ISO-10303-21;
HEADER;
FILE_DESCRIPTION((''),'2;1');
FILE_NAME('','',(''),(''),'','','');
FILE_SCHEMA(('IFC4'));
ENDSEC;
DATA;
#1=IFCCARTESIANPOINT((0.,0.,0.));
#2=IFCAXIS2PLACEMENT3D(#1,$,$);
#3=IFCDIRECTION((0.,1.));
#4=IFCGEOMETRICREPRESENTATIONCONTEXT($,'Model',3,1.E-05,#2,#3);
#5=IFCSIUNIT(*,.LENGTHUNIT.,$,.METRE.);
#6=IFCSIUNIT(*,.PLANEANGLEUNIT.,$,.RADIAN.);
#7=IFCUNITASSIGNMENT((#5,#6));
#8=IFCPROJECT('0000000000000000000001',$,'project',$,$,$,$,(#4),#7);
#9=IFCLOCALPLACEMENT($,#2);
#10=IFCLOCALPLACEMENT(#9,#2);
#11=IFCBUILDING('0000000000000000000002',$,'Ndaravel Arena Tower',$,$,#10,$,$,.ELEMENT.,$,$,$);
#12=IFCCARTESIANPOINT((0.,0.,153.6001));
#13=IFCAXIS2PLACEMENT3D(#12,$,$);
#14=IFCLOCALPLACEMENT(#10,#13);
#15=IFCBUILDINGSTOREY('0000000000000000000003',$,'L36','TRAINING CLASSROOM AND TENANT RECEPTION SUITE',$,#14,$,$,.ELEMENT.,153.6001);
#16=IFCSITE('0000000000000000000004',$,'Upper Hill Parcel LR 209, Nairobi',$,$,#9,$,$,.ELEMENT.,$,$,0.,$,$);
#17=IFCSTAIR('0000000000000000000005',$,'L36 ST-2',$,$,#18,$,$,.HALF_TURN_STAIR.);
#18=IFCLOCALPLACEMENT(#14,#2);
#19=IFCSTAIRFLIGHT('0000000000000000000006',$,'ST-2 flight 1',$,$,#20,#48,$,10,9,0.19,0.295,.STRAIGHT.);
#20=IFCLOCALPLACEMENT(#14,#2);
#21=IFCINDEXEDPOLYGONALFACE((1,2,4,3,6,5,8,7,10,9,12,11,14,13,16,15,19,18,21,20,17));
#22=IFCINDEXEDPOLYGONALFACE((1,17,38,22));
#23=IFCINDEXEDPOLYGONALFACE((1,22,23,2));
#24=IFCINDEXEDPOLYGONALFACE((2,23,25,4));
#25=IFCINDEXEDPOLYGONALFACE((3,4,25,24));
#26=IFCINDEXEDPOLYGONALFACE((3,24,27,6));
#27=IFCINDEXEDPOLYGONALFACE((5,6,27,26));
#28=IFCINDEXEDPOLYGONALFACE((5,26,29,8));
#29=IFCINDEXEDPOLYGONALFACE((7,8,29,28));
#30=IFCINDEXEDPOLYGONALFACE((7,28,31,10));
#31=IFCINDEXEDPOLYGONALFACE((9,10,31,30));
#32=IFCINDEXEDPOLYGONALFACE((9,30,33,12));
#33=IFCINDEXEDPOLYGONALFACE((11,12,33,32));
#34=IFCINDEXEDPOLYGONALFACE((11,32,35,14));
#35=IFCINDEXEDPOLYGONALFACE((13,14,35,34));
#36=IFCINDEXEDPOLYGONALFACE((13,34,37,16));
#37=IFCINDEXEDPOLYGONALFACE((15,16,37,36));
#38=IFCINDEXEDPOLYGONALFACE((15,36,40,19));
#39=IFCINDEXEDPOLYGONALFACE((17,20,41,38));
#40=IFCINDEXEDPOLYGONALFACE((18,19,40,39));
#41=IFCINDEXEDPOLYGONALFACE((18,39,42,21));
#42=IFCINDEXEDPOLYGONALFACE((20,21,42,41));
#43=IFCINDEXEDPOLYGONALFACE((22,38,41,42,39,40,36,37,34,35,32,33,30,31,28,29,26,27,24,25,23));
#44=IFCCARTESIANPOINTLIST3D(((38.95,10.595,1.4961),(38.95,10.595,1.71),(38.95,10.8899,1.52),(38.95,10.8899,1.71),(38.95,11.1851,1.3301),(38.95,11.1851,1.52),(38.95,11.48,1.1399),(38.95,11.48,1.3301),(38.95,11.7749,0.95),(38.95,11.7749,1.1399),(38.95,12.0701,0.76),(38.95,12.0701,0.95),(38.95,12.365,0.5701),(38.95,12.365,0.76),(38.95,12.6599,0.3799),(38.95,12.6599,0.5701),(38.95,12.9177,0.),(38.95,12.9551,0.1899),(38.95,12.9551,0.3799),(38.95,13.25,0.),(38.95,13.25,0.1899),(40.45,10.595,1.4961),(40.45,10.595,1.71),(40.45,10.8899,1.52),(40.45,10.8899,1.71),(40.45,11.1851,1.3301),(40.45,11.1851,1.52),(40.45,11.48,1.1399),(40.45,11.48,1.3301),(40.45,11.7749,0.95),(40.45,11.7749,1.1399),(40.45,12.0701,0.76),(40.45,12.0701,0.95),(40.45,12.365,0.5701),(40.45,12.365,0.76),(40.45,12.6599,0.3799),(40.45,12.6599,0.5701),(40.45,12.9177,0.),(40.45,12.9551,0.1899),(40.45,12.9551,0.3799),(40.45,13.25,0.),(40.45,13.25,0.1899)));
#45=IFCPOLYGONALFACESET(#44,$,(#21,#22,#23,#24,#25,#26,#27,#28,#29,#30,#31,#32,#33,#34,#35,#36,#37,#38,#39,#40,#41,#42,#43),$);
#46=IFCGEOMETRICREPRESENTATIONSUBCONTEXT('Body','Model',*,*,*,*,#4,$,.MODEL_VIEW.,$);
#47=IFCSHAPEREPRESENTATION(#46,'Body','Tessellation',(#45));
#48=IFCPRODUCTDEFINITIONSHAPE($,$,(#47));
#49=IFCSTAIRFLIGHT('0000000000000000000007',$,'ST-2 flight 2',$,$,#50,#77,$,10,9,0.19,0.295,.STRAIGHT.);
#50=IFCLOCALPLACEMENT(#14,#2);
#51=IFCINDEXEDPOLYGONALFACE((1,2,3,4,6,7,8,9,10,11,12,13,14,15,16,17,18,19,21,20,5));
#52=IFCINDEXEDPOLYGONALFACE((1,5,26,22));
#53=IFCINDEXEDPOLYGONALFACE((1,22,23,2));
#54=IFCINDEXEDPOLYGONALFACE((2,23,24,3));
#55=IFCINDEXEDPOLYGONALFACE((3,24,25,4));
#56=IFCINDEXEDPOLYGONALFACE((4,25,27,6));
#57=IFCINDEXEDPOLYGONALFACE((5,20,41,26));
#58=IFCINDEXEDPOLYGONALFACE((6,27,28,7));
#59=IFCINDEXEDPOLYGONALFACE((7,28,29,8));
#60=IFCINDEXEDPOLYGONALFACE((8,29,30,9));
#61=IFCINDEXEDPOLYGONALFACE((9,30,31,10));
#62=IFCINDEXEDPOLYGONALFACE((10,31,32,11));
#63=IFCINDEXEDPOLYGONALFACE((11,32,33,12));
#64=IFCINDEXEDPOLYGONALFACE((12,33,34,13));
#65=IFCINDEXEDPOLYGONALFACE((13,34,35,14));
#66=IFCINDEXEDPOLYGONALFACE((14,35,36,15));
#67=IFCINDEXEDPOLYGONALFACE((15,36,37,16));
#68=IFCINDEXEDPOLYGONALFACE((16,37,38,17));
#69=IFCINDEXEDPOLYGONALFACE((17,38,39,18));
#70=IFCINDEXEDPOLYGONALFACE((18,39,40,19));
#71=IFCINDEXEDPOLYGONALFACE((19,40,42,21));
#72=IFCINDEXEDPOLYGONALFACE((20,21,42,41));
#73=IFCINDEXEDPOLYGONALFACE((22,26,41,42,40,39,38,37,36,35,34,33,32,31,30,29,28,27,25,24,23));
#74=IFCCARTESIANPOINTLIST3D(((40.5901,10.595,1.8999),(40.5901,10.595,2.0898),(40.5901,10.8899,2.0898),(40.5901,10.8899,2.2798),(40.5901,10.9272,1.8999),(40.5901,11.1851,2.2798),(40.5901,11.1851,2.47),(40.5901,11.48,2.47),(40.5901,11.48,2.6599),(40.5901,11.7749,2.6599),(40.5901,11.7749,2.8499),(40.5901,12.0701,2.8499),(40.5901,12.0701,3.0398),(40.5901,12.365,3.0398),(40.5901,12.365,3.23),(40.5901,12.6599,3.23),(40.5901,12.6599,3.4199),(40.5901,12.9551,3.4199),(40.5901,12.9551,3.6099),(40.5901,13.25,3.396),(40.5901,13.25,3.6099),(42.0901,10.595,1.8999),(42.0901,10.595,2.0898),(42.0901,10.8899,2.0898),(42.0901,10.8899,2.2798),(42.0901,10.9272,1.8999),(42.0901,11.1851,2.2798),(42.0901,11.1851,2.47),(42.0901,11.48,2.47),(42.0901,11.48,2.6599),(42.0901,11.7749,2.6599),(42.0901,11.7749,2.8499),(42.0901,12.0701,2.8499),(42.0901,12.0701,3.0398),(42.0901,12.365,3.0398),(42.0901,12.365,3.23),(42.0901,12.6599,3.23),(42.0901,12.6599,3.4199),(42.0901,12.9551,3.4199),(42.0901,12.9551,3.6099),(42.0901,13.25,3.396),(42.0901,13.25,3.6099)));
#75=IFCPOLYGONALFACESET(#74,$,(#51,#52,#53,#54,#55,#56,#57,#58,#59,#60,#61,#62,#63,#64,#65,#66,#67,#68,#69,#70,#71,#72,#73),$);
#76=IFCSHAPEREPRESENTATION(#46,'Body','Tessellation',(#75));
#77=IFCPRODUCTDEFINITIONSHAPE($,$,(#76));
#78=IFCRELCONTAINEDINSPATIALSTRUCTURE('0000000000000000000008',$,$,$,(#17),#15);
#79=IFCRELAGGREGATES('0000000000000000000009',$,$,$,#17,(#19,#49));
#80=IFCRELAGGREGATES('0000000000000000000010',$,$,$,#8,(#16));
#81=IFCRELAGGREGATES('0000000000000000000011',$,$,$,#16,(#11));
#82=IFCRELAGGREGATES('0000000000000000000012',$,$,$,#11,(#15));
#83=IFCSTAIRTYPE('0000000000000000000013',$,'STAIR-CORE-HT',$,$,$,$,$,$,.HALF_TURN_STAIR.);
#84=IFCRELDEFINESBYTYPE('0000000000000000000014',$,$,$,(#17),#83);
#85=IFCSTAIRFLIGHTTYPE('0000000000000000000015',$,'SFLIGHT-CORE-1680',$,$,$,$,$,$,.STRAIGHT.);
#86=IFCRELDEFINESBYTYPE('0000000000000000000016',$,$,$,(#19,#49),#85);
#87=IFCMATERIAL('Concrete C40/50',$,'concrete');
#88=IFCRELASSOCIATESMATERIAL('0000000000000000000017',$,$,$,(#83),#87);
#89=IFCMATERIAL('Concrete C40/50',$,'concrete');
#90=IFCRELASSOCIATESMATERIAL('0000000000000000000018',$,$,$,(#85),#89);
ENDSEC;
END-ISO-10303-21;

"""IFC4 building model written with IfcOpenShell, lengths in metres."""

from ifc_helpers import new_model, si_unit, direction, frame, origin, place, context, subcontext, project, spatial, polyline, outline, extrude, material, type_object, element, aggregate, save


model = new_model("IFC4")

# Units and contexts
model_context = context("Model", 3, precision=1e-05, world=origin(), true_north=direction((0.0, 1.0)))
body_context = subcontext(model_context, "Body", "Model", "MODEL_VIEW")
ifc_project = project(units=[si_unit("LENGTHUNIT", "METRE"), si_unit("PLANEANGLEUNIT", "RADIAN")], contexts=[model_context])

# Site, building, storey
site_placement = place(None, origin())
site = spatial("IfcSite", under=ifc_project, at=site_placement, Name="Upper Hill Parcel LR 209, Nairobi", CompositionType="ELEMENT", RefElevation=0.0)
building_placement = place(site_placement, origin())
building = spatial("IfcBuilding", under=site, at=building_placement, Name="Ndaravel Arena Tower", CompositionType="ELEMENT")
storey_placement = place(building_placement, frame((0.0, 0.0, 153.6001)))
storey = spatial("IfcBuildingStorey", under=building, at=storey_placement, Name="L36", Description="TRAINING CLASSROOM AND TENANT RECEPTION SUITE", CompositionType="ELEMENT", Elevation=153.6001)

# Stair, stair flights
ifc_material_1 = material(Name="Concrete C40/50", Category="concrete")
stair_type = type_object("IfcStairType", Name="STAIR-CORE-HT", PredefinedType="HALF_TURN_STAIR", material=ifc_material_1)
stair_placement = place(storey_placement, origin())
stair = element("IfcStair", 1, at=stair_placement, inside=storey, type_object=stair_type, Name="L36 ST-2", PredefinedType="HALF_TURN_STAIR")
ifc_material_2 = material(Name="Concrete C40/50", Category="concrete")
stair_flight_type = type_object("IfcStairFlightType", Name="SFLIGHT-CORE-1680", PredefinedType="STRAIGHT", material=ifc_material_2)
stair_flight_1_placement = place(storey_placement, frame((39.7, 13.25, 0.0), z_axis=(0.0, 0.0, 1.0), x_axis=(0.0, -1.0, 0.0)))
stair_flight_1 = element("IfcStairFlight", 2, at=stair_flight_1_placement, type_object=stair_flight_type, Name="ST-2 flight 1", NumberOfRisers=10, NumberOfTreads=9, PredefinedType="STRAIGHT", RiserHeight=0.19, TreadLength=0.295, context=body_context, shape_type="SweptSolid", body=[
    extrude(outline(polyline([(0.0, 0.0), (0.0, 0.1899), (0.2949, 0.1899), (0.2949, 0.3799), (0.5901, 0.3799), (0.5901, 0.5701), (0.885, 0.5701), (0.885, 0.76), (1.1799, 0.76), (1.1799, 0.95), (1.4751, 0.95), (1.4751, 1.1399), (1.77, 1.1399), (1.77, 1.3301), (2.0649, 1.3301), (2.0649, 1.52), (2.3601, 1.52), (2.3601, 1.71), (2.655, 1.71), (2.655, 1.8999), (2.655, 1.4961), (0.3323, 0.0), (0.0, 0.0)])), frame((0.0, 0.75, 0.0), z_axis=(0.0, -1.0, 0.0), x_axis=(1.0, 0.0, 0.0)), (0.0, 0.0, 1.0), 1.5),
])
stair_flight_2_placement = place(storey_placement, frame((41.3401, 10.595, 1.8999), z_axis=(0.0, 0.0, 1.0), x_axis=(0.0, 1.0, 0.0)))
stair_flight_2 = element("IfcStairFlight", 3, at=stair_flight_2_placement, type_object=stair_flight_type, Name="ST-2 flight 2", NumberOfRisers=10, NumberOfTreads=9, PredefinedType="STRAIGHT", RiserHeight=0.19, TreadLength=0.295, context=body_context, shape_type="SweptSolid", body=[
    extrude(outline(polyline([(0.0, 0.0), (0.0, 0.1899), (0.2949, 0.1899), (0.2949, 0.3799), (0.5901, 0.3799), (0.5901, 0.5701), (0.885, 0.5701), (0.885, 0.76), (1.1799, 0.76), (1.1799, 0.95), (1.4751, 0.95), (1.4751, 1.1399), (1.77, 1.1399), (1.77, 1.3301), (2.0649, 1.3301), (2.0649, 1.52), (2.3601, 1.52), (2.3601, 1.71), (2.655, 1.71), (2.655, 1.8999), (2.655, 1.4961), (0.3323, 0.0), (0.0, 0.0)])), frame((0.0, 0.75, 0.0), z_axis=(0.0, -1.0, 0.0), x_axis=(1.0, 0.0, 0.0)), (0.0, 0.0, 1.0), 1.5),
])
aggregate(stair, [stair_flight_1, stair_flight_2])

save(model, "model.ifc")
